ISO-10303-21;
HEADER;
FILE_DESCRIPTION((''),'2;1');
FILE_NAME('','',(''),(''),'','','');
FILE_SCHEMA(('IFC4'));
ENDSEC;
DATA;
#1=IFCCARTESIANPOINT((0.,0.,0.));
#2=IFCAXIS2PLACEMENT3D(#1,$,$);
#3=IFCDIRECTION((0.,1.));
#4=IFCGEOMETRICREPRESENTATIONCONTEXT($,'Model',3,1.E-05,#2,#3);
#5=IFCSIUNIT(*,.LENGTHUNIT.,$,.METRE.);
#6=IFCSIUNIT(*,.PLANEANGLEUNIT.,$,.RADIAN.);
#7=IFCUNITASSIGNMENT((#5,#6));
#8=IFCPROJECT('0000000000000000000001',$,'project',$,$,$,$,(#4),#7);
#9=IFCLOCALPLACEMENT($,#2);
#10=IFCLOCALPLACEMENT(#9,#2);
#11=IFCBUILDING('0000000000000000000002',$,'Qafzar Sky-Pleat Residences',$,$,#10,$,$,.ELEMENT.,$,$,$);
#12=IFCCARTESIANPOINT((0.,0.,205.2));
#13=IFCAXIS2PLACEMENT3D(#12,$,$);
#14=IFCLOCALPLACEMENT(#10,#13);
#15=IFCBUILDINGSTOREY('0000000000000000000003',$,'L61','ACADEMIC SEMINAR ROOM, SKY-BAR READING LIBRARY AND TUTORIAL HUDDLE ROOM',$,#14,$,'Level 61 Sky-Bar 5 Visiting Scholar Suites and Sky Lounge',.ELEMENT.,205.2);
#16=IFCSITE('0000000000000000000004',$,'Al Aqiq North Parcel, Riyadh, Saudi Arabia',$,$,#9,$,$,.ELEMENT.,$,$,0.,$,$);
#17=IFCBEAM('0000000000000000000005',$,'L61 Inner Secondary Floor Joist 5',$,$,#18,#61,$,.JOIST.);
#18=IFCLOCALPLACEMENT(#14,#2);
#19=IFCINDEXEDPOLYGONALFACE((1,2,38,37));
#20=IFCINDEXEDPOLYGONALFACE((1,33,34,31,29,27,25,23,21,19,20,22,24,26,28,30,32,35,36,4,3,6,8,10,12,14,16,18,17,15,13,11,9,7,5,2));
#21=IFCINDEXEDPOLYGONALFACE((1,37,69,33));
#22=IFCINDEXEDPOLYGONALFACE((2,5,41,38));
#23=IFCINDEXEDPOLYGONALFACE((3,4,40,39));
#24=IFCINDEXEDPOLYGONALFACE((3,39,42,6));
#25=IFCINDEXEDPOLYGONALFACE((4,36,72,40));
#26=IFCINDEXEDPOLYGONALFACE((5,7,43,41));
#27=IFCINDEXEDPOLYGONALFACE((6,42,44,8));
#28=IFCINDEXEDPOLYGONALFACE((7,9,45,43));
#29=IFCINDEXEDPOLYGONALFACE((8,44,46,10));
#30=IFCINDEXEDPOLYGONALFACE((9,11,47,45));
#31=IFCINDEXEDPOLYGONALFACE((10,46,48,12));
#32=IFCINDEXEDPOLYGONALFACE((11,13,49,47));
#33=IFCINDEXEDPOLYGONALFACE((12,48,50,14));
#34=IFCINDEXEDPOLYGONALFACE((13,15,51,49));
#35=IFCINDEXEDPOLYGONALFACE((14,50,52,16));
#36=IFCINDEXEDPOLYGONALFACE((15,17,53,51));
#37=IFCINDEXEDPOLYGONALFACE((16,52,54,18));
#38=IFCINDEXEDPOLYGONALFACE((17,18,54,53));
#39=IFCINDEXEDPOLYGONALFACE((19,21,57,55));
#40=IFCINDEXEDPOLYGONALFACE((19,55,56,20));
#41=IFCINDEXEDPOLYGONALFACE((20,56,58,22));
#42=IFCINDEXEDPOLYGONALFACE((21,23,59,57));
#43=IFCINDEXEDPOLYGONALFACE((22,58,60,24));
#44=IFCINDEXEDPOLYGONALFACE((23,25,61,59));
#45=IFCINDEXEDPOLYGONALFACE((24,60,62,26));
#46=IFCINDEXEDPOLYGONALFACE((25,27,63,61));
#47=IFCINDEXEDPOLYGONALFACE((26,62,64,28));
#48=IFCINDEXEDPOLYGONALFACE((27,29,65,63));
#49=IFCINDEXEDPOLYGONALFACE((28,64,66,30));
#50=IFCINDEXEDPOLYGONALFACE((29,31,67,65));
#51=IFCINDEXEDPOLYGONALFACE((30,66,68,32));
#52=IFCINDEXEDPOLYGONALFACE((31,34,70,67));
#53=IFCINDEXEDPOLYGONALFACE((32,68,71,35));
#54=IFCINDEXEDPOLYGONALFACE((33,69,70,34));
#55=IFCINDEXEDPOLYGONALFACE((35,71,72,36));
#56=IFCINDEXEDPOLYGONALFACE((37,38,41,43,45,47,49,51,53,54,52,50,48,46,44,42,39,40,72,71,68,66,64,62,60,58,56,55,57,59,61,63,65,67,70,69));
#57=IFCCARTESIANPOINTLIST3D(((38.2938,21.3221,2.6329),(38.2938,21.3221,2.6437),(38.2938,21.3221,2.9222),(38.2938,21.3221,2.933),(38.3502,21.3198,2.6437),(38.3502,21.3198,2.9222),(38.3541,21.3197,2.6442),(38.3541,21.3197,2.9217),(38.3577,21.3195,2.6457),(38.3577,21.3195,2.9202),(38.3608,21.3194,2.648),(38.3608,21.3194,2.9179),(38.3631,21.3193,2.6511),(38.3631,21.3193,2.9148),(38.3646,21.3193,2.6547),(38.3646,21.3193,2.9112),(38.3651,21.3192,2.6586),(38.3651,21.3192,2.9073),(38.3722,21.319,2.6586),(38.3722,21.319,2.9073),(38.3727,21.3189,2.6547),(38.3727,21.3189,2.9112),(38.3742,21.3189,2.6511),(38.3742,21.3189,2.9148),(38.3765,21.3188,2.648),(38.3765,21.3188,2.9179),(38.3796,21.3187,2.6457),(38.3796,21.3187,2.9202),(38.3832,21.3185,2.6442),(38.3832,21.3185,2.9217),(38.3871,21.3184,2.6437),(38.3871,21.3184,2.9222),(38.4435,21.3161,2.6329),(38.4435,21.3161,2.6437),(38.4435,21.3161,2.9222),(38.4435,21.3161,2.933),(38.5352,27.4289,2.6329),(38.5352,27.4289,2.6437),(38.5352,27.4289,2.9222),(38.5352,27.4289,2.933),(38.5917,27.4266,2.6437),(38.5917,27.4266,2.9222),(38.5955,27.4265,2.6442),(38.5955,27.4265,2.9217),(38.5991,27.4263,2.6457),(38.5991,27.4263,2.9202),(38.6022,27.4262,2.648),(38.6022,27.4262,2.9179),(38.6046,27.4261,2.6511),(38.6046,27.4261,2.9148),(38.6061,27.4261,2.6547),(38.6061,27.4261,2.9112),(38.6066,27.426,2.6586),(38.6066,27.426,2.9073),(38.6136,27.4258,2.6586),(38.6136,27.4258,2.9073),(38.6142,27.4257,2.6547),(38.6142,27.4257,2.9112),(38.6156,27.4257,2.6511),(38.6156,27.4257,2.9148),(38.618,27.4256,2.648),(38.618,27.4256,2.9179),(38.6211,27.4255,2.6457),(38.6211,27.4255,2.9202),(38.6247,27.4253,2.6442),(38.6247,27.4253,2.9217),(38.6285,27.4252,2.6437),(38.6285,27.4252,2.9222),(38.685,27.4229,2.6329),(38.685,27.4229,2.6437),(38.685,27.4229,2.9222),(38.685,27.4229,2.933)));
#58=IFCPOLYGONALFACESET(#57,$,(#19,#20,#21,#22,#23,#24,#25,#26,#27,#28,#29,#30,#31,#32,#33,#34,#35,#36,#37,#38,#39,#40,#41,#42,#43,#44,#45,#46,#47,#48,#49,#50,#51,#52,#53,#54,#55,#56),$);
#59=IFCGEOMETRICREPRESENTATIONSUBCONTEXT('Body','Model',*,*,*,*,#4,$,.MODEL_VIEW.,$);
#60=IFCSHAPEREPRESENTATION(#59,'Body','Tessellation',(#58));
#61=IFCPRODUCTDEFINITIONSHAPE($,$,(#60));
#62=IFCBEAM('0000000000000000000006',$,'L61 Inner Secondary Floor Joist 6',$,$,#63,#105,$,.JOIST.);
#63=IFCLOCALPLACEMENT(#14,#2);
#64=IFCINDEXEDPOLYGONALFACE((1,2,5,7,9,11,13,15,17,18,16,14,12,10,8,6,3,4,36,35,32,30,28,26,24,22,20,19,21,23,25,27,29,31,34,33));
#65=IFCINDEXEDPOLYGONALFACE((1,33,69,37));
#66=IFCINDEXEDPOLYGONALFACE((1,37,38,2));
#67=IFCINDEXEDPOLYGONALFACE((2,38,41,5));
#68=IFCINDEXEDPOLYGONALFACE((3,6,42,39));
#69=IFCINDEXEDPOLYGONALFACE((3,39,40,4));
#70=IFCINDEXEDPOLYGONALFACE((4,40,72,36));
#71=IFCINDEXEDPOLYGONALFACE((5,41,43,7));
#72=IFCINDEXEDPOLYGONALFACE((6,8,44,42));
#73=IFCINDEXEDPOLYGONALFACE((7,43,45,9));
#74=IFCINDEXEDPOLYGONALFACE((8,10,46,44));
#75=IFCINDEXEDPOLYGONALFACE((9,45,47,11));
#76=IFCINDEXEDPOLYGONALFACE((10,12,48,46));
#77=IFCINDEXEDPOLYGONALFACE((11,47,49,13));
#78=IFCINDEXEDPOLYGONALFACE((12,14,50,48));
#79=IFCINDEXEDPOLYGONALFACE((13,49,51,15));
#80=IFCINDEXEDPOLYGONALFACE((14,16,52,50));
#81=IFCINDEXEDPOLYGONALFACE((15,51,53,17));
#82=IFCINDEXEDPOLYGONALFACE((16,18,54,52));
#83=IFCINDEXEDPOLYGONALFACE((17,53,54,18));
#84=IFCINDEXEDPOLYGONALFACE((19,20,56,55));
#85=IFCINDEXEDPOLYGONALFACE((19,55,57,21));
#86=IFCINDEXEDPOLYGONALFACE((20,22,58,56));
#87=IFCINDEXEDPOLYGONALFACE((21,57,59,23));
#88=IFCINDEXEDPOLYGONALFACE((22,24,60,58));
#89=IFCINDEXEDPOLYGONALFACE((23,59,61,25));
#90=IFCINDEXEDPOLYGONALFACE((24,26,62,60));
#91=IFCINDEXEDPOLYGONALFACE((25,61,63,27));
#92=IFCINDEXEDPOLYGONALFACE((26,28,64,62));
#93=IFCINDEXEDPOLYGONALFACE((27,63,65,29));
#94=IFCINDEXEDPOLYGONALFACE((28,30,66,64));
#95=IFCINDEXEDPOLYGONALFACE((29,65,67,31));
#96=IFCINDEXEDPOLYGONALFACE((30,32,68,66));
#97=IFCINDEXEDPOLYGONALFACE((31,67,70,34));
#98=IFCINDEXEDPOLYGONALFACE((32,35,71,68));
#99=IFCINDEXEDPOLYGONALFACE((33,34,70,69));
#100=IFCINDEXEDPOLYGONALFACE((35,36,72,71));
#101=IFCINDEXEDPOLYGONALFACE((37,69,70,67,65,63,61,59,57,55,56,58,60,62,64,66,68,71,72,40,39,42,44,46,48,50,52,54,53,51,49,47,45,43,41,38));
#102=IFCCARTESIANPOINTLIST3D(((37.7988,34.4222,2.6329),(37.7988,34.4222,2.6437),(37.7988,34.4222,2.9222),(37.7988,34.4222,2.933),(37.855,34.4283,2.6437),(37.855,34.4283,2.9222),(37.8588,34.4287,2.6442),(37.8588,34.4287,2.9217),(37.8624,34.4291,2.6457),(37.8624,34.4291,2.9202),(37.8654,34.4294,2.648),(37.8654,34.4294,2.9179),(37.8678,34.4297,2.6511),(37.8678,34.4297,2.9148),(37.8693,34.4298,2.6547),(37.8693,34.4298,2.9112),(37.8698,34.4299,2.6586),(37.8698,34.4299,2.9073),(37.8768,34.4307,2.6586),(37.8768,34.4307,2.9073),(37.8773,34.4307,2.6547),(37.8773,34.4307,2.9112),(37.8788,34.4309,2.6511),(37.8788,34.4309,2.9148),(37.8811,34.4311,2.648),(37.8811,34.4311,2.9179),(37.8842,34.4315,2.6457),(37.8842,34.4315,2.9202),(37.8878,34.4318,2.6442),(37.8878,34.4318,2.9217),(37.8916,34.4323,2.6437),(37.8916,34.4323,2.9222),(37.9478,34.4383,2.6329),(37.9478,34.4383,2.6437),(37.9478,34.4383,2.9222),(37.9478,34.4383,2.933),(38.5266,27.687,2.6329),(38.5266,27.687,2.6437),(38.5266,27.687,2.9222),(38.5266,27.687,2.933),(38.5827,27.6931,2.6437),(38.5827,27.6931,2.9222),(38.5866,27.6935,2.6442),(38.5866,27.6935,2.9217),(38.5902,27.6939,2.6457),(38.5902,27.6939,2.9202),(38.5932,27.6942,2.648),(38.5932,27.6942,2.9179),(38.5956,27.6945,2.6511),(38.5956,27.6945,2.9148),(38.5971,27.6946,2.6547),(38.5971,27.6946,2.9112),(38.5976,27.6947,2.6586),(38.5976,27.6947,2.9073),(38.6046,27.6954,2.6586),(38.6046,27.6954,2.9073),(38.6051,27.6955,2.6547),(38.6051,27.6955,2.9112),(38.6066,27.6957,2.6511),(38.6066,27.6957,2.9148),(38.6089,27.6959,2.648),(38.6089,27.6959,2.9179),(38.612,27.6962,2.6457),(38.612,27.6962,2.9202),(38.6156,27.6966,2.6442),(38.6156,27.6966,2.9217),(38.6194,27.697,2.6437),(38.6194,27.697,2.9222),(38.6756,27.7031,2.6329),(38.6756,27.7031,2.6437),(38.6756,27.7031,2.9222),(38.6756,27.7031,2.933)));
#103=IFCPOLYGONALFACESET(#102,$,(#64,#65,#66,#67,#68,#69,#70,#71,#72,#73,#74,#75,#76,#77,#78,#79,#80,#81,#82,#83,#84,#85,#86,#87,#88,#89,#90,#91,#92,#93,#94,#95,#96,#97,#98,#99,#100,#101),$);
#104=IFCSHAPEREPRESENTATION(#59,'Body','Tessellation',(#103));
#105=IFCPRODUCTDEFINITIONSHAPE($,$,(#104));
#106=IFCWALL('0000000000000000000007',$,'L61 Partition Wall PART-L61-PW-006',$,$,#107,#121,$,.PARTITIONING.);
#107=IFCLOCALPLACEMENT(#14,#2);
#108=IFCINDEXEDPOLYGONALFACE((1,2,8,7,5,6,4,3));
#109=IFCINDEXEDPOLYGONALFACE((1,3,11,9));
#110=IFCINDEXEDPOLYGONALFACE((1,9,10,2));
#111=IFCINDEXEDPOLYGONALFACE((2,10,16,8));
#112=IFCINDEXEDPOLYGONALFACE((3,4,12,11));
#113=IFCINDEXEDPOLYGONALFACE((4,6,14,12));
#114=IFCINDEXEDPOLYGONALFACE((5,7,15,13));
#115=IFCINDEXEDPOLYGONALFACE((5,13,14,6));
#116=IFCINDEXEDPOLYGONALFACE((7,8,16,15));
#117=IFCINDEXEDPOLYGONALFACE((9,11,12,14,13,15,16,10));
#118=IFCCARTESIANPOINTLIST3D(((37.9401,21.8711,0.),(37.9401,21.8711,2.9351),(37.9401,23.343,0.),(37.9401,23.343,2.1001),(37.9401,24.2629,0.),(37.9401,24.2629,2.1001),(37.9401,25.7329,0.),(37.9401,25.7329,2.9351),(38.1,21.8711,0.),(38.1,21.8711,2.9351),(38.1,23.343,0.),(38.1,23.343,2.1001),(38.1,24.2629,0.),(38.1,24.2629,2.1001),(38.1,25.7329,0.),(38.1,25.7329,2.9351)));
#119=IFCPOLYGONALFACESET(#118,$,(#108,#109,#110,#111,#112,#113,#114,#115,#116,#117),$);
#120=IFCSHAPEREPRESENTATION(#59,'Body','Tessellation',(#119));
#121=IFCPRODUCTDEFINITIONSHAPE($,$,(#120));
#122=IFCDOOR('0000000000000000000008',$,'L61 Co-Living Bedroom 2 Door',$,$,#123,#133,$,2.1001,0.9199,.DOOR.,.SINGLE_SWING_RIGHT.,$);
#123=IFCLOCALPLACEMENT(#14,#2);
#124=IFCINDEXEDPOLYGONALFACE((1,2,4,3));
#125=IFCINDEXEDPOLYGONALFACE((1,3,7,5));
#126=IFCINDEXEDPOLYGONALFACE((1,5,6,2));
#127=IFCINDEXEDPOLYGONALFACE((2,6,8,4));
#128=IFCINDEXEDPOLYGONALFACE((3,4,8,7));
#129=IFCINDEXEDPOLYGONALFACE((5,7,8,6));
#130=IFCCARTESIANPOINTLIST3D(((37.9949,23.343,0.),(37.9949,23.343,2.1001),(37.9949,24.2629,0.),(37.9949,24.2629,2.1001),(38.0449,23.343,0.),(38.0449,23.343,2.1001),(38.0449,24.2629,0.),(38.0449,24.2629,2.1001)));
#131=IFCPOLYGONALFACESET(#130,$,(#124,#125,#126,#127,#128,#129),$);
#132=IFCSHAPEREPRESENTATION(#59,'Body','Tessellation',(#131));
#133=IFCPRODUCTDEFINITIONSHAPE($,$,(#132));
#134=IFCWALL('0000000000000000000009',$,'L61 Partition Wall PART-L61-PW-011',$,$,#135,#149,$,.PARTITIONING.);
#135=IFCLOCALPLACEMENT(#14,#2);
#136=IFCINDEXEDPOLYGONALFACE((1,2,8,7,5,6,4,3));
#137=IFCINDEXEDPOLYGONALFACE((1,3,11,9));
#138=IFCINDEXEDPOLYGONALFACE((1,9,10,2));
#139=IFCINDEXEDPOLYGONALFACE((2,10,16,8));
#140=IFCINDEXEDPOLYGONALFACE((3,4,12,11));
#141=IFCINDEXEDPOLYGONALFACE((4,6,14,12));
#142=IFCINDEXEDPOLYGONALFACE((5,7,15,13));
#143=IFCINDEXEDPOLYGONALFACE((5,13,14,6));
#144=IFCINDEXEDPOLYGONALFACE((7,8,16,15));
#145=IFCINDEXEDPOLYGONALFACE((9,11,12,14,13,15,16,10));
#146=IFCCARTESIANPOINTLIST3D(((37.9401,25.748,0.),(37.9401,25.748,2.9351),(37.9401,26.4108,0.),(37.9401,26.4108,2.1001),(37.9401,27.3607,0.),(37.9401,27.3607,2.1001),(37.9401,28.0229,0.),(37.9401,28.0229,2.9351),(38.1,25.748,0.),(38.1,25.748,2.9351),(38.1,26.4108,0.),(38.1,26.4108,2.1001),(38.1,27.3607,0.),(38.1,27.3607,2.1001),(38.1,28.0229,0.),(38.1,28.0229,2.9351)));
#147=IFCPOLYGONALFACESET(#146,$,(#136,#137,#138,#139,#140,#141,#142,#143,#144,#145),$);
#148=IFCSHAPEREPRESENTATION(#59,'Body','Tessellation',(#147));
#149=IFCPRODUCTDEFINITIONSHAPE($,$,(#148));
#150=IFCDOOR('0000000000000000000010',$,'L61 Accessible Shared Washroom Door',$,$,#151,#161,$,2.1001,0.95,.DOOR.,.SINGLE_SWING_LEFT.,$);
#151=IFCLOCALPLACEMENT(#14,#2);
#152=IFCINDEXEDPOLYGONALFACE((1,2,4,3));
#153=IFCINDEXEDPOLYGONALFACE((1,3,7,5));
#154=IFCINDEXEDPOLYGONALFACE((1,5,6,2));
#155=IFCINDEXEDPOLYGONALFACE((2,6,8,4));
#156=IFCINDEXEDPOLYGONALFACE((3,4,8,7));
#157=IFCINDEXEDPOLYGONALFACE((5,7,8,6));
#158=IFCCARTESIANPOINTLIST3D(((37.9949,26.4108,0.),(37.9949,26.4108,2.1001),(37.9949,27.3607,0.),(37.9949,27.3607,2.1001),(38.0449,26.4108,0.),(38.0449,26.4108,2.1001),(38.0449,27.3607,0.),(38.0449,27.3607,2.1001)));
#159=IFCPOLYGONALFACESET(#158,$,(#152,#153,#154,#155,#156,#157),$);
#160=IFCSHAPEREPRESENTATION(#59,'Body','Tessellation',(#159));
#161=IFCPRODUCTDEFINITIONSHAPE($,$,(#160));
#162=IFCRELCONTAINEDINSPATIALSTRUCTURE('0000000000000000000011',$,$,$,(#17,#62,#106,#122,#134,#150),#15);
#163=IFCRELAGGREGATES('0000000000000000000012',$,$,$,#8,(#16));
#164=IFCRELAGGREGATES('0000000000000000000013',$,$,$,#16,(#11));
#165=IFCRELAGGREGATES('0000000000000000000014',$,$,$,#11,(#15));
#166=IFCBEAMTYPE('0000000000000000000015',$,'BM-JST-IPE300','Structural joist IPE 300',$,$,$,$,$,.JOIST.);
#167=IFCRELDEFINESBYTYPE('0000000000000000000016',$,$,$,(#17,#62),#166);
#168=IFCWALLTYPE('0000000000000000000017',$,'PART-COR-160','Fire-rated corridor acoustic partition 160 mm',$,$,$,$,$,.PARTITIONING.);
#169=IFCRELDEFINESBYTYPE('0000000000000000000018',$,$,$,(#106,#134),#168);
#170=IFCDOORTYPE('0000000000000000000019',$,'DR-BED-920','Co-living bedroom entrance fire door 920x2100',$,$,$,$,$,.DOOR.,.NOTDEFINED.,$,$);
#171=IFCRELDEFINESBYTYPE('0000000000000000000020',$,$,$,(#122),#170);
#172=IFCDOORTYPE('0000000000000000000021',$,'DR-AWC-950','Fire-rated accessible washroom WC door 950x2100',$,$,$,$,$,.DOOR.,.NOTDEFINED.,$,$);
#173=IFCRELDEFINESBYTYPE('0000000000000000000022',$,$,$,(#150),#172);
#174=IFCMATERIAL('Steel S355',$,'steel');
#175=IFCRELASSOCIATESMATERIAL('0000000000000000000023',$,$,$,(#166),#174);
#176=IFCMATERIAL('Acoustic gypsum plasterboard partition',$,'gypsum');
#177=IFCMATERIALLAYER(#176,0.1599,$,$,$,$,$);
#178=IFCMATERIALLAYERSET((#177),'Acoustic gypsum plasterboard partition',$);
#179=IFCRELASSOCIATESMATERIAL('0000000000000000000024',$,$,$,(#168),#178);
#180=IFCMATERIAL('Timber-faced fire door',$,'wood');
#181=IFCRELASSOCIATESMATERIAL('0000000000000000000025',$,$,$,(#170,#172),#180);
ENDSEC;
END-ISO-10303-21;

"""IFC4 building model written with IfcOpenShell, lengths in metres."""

from ifc_helpers import new_model, si_unit, direction, frame, frame_2d, origin, origin_2d, place, context, subcontext, project, spatial, rectangle, i_section, extrude, source, transform, mapped, material, layer, layer_set, material_profile, profile_set, type_object, element, fill, save


model = new_model("IFC4")

# Units and contexts
model_context = context("Model", 3, precision=1e-05, world=origin(), true_north=direction((0.0, 1.0)))
body_context = subcontext(model_context, "Body", "Model", "MODEL_VIEW")
ifc_project = project(units=[si_unit("LENGTHUNIT", "METRE"), si_unit("PLANEANGLEUNIT", "RADIAN")], contexts=[model_context])

# Site, building, storey
site_placement = place(None, origin())
site = spatial("IfcSite", under=ifc_project, at=site_placement, Name="Al Aqiq North Parcel, Riyadh, Saudi Arabia", CompositionType="ELEMENT", RefElevation=0.0)
building_placement = place(site_placement, origin())
building = spatial("IfcBuilding", under=site, at=building_placement, Name="Qafzar Sky-Pleat Residences", CompositionType="ELEMENT")
storey_placement = place(building_placement, frame((0.0, 0.0, 205.2)))
storey = spatial("IfcBuildingStorey", under=building, at=storey_placement, Name="L61", Description="ACADEMIC SEMINAR ROOM, SKY-BAR READING LIBRARY AND TUTORIAL HUDDLE ROOM", LongName="Level 61 Sky-Bar 5 Visiting Scholar Suites and Sky Lounge", CompositionType="ELEMENT", Elevation=205.2)

# Beams
ifc_material_1 = material(Name="Steel S355", Category="steel")
ifc_material_profile = material_profile(ifc_material_1, i_section(OverallWidth=0.1499, OverallDepth=0.3, WebThickness=0.0071, FlangeThickness=0.0107, FilletRadius=0.0149, at=origin_2d()), Name="IPE 300")
ifc_profile_set = profile_set([ifc_material_profile], Name="Steel S355")
beam_type = type_object("IfcBeamType", Name="BM-JST-IPE300", Description="Structural joist IPE 300", PredefinedType="JOIST", material=ifc_profile_set)
shared_shape_1 = source(origin(), body_context, "Body", "SweptSolid", [
    extrude(i_section(OverallWidth=0.1499, OverallDepth=0.3, WebThickness=0.0071, FlangeThickness=0.0107, FilletRadius=0.0149, at=origin_2d()), origin(), (0.0, 0.0, 1.0), 6.1116),
])
beam_1_placement = place(storey_placement, frame((38.3687, 21.3191, 2.783), z_axis=(0.039509, 0.999219, 0.0), x_axis=(-0.999219, 0.039509, 0.0)))
element("IfcBeam", 1, at=beam_1_placement, inside=storey, type_object=beam_type, Name="L61 Inner Secondary Floor Joist 5", PredefinedType="JOIST", context=body_context, shape_type="MappedRepresentation", body=[
    mapped(shared_shape_1, transform((0.0, 0.0, 0.0), x_axis=(1.0, 0.0, 0.0), y_axis=(0.0, 1.0, 0.0), z_axis=(0.0, 0.0, 1.0), scale=1.0)),
])
shared_shape_2 = source(origin(), body_context, "Body", "SweptSolid", [
    extrude(i_section(OverallWidth=0.1499, OverallDepth=0.3, WebThickness=0.0071, FlangeThickness=0.0107, FilletRadius=0.0149, at=origin_2d()), origin(), (0.0, 0.0, 1.0), 6.7744),
])
beam_2_placement = place(storey_placement, frame((38.6011, 27.6951, 2.783), z_axis=(-0.107433, 0.994212, 0.0), x_axis=(-0.994212, -0.107433, 0.0)))
element("IfcBeam", 2, at=beam_2_placement, inside=storey, type_object=beam_type, Name="L61 Inner Secondary Floor Joist 6", PredefinedType="JOIST", context=body_context, shape_type="MappedRepresentation", body=[
    mapped(shared_shape_2, transform((0.0, 0.0, 0.0), x_axis=(1.0, 0.0, 0.0), y_axis=(0.0, 1.0, 0.0), z_axis=(0.0, 0.0, 1.0), scale=1.0)),
])

# Walls, openings, doors
ifc_material_2 = material(Name="Acoustic gypsum plasterboard partition", Category="gypsum")
ifc_layer_1 = layer(ifc_material_2, 0.1599)
ifc_layer_set_1 = layer_set([ifc_layer_1], Name="Acoustic gypsum plasterboard partition")
wall_type_1 = type_object("IfcWallType", Name="PART-COR-160", Description="Fire-rated corridor acoustic partition 160 mm", PredefinedType="PARTITIONING", material=ifc_layer_set_1)
wall_1_placement = place(storey_placement, frame((38.02, 25.7329, 0.0), z_axis=(0.0, 0.0, 1.0), x_axis=(0.0, -1.0, 0.0)))
wall_1 = element("IfcWall", 3, at=wall_1_placement, inside=storey, type_object=wall_type_1, Name="L61 Partition Wall PART-L61-PW-006", PredefinedType="PARTITIONING", context=body_context, shape_type="SweptSolid", body=[
    extrude(rectangle(XDim=3.8618, YDim=0.1599, at=frame_2d((1.9309, 0.0))), origin(), (0.0, 0.0, 1.0), 2.9351),
])
opening_1_placement = place(wall_1_placement, frame((1.47, 0.0, 0.0)))
opening_1 = element("IfcOpeningElement", 4, at=opening_1_placement, cuts=wall_1, PredefinedType="OPENING", context=body_context, shape_type="SweptSolid", body=[
    extrude(rectangle(XDim=0.9199, YDim=2.1001, at=frame_2d((0.46, 1.05))), frame((0.0, 0.0898, 0.0), z_axis=(0.0, -1.0, 0.0), x_axis=(1.0, 0.0, 0.0)), (0.0, 0.0, 1.0), 0.1799),
])
ifc_material_3 = material(Name="Timber-faced fire door", Category="wood")
door_type_1 = type_object("IfcDoorType", Name="DR-BED-920", Description="Co-living bedroom entrance fire door 920x2100", OperationType="NOTDEFINED", PredefinedType="DOOR", material=ifc_material_3)
shared_shape_3 = source(origin(), body_context, "Body", "SweptSolid", [
    extrude(rectangle(XDim=0.9199, YDim=2.1001, at=frame_2d((0.46, 1.05))), frame((0.0, 0.0249, 0.0), z_axis=(0.0, -1.0, 0.0), x_axis=(1.0, 0.0, 0.0)), (0.0, 0.0, 1.0), 0.05),
])
door_1_placement = place(opening_1_placement, origin())
door_1 = element("IfcDoor", 5, at=door_1_placement, inside=storey, type_object=door_type_1, Name="L61 Co-Living Bedroom 2 Door", OperationType="SINGLE_SWING_RIGHT", OverallHeight=2.1001, OverallWidth=0.9199, PredefinedType="DOOR", context=body_context, shape_type="MappedRepresentation", body=[
    mapped(shared_shape_3, transform((0.0, 0.0, 0.0), x_axis=(1.0, 0.0, 0.0), y_axis=(0.0, 1.0, 0.0), z_axis=(0.0, 0.0, 1.0), scale=1.0)),
])
fill(opening_1, door_1)
wall_2_placement = place(storey_placement, frame((38.02, 28.0229, 0.0), z_axis=(0.0, 0.0, 1.0), x_axis=(0.0, -1.0, 0.0)))
wall_2 = element("IfcWall", 6, at=wall_2_placement, inside=storey, type_object=wall_type_1, Name="L61 Partition Wall PART-L61-PW-011", PredefinedType="PARTITIONING", context=body_context, shape_type="SweptSolid", body=[
    extrude(rectangle(XDim=2.2749, YDim=0.1599, at=frame_2d((1.1375, 0.0))), origin(), (0.0, 0.0, 1.0), 2.9351),
])
opening_2_placement = place(wall_2_placement, frame((0.6621, 0.0, 0.0)))
opening_2 = element("IfcOpeningElement", 7, at=opening_2_placement, cuts=wall_2, PredefinedType="OPENING", context=body_context, shape_type="SweptSolid", body=[
    extrude(rectangle(XDim=0.95, YDim=2.1001, at=frame_2d((0.4751, 1.05))), frame((0.0, 0.0898, 0.0), z_axis=(0.0, -1.0, 0.0), x_axis=(1.0, 0.0, 0.0)), (0.0, 0.0, 1.0), 0.1799),
])
door_type_2 = type_object("IfcDoorType", Name="DR-AWC-950", Description="Fire-rated accessible washroom WC door 950x2100", OperationType="NOTDEFINED", PredefinedType="DOOR", material=ifc_material_3)
shared_shape_4 = source(origin(), body_context, "Body", "SweptSolid", [
    extrude(rectangle(XDim=0.95, YDim=2.1001, at=frame_2d((0.4751, 1.05))), frame((0.0, 0.0249, 0.0), z_axis=(0.0, -1.0, 0.0), x_axis=(1.0, 0.0, 0.0)), (0.0, 0.0, 1.0), 0.05),
])
door_2_placement = place(opening_2_placement, origin())
door_2 = element("IfcDoor", 8, at=door_2_placement, inside=storey, type_object=door_type_2, Name="L61 Accessible Shared Washroom Door", OperationType="SINGLE_SWING_LEFT", OverallHeight=2.1001, OverallWidth=0.95, PredefinedType="DOOR", context=body_context, shape_type="MappedRepresentation", body=[
    mapped(shared_shape_4, transform((0.0, 0.0, 0.0), x_axis=(1.0, 0.0, 0.0), y_axis=(0.0, 1.0, 0.0), z_axis=(0.0, 0.0, 1.0), scale=1.0)),
])
fill(opening_2, door_2)

save(model, "model.ifc")
